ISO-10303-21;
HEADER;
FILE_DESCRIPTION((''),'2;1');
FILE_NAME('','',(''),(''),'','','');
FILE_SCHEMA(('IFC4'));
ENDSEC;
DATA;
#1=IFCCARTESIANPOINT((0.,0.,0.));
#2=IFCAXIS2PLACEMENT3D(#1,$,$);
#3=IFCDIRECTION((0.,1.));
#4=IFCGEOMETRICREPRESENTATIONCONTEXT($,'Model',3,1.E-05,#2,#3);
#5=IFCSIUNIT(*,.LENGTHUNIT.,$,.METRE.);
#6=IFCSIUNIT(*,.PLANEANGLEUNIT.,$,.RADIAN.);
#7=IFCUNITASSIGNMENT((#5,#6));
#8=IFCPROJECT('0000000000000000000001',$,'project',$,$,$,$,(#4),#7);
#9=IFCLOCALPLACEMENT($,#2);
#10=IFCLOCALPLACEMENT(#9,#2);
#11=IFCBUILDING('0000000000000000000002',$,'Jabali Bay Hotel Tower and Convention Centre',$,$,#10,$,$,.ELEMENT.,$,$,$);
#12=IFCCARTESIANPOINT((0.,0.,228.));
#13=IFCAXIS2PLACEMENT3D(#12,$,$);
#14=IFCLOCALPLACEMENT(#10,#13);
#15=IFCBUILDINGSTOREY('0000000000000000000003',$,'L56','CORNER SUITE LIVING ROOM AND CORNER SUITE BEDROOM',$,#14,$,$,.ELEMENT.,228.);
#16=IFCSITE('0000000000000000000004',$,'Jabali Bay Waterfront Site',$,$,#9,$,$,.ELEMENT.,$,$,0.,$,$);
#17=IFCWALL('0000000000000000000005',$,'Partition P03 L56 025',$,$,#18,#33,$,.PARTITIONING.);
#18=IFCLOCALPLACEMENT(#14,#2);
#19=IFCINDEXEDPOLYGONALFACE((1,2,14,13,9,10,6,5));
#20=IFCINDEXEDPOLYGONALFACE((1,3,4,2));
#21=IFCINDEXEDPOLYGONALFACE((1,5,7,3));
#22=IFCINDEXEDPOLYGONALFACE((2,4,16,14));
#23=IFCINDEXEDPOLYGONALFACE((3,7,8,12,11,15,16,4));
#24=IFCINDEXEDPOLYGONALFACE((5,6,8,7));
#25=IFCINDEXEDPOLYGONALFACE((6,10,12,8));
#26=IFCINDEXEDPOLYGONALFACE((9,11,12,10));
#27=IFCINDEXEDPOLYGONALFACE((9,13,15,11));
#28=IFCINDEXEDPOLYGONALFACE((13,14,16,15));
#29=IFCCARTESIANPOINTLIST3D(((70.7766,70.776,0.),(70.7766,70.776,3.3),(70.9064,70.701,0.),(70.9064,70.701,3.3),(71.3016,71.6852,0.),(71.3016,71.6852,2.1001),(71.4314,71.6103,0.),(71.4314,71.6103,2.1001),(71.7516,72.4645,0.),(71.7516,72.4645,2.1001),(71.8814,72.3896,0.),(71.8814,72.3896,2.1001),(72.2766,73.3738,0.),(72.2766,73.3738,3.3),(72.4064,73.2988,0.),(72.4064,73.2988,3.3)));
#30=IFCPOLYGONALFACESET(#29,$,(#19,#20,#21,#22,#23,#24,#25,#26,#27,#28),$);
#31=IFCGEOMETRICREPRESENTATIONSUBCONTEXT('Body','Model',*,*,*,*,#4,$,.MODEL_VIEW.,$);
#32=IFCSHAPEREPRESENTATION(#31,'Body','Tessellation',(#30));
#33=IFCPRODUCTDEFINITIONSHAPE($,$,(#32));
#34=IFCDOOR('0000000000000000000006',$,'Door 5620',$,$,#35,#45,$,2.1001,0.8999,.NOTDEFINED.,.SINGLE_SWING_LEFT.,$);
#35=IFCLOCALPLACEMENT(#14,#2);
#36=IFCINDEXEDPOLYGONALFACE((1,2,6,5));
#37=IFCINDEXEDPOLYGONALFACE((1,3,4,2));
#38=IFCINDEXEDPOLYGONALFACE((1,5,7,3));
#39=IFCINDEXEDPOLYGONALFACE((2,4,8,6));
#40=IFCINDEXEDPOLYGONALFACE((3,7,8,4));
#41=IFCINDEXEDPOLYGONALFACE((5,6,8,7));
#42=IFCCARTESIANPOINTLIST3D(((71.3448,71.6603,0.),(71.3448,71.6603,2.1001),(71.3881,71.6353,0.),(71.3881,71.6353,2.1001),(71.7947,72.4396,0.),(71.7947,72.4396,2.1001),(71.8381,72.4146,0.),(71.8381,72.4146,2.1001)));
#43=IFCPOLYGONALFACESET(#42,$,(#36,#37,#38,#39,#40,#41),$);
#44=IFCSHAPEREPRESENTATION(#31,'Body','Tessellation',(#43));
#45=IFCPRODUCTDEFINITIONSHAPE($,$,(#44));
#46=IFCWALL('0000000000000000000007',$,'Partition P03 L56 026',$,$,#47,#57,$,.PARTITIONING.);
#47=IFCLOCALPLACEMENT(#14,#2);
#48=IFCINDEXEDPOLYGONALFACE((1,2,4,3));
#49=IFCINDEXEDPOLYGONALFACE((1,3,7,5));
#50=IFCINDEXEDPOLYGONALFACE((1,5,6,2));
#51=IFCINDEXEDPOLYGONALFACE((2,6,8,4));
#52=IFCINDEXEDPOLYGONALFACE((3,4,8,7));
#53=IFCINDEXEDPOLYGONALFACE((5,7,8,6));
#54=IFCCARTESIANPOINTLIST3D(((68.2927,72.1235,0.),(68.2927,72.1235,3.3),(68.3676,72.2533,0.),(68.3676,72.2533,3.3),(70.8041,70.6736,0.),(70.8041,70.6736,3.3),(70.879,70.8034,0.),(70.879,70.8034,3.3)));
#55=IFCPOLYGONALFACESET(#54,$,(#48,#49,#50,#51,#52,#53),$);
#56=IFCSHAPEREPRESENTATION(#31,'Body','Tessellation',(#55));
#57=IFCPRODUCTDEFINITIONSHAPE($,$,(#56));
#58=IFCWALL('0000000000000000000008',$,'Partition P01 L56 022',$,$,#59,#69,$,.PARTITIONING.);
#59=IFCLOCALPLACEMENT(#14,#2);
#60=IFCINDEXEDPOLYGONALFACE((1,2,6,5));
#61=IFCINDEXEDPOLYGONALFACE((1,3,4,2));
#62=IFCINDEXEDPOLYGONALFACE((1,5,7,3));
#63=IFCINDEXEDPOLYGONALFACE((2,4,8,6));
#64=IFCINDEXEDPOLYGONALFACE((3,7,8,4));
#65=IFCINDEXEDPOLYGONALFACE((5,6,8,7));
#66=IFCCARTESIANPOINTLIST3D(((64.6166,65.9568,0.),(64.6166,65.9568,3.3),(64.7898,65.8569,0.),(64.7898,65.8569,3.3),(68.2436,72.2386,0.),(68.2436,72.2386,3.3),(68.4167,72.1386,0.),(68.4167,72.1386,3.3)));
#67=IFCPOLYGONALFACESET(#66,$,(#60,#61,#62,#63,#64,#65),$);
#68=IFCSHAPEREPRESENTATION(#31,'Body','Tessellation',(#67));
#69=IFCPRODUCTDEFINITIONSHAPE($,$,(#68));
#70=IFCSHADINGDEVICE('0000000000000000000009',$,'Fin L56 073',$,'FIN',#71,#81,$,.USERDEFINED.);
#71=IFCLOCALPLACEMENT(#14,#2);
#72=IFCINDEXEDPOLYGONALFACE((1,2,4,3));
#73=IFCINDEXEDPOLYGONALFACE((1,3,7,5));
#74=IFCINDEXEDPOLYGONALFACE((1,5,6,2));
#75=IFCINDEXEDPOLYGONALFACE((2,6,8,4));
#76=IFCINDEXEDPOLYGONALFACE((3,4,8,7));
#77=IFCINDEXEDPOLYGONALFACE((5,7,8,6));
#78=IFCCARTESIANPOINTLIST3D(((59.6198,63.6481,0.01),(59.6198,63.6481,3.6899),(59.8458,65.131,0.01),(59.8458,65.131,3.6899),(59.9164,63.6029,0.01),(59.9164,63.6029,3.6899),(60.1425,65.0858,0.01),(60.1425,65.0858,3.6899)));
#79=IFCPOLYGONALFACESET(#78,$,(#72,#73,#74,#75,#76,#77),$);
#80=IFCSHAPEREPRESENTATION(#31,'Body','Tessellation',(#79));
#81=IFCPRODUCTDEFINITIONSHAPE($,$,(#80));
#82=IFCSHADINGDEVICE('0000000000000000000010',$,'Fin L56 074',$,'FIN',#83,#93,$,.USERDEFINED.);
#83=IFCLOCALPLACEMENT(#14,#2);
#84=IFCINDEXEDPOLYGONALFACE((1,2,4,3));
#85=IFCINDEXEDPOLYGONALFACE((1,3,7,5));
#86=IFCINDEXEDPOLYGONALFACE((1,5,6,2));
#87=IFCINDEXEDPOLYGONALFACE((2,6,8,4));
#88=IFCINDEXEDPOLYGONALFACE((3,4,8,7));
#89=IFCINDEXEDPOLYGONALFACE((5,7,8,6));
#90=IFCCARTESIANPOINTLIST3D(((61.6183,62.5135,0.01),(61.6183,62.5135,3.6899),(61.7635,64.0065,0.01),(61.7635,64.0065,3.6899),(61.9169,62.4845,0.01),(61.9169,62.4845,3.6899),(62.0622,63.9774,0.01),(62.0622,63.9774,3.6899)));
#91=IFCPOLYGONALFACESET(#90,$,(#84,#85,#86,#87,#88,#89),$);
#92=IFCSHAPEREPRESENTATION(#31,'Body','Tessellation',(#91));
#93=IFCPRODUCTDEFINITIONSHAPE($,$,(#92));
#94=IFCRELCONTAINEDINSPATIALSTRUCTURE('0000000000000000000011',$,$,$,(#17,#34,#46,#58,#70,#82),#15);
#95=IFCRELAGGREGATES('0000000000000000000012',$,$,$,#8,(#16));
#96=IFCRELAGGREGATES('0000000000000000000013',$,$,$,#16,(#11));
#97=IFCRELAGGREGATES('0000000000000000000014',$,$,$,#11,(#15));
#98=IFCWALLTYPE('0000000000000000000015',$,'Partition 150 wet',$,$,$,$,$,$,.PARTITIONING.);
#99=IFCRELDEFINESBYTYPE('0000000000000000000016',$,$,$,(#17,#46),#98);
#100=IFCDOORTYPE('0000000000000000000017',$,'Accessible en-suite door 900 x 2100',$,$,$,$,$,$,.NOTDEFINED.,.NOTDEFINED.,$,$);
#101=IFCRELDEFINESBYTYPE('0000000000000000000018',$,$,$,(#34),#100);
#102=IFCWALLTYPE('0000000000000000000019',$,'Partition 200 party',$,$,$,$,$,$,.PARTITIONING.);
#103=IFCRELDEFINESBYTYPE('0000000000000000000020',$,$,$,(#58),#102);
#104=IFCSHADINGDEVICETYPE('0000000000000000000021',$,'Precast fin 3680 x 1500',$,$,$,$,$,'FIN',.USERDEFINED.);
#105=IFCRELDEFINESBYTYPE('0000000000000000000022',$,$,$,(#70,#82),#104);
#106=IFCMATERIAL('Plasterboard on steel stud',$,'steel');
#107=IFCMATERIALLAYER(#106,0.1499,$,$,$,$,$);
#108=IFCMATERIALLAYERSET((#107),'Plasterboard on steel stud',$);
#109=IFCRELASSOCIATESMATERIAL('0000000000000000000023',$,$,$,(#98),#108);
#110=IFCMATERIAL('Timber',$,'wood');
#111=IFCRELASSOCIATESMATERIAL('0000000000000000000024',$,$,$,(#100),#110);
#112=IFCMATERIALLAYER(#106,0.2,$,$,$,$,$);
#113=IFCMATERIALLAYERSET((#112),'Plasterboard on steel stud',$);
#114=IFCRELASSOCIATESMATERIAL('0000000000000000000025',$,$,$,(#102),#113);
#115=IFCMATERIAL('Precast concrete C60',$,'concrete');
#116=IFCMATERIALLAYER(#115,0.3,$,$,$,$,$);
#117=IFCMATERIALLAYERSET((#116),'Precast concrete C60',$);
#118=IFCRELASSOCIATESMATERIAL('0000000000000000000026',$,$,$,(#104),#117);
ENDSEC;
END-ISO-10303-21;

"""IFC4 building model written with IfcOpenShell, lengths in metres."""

from ifc_helpers import new_model, si_unit, direction, frame, frame_2d, origin, place, context, subcontext, project, spatial, rectangle, extrude, material, layer, layer_set, type_object, element, fill, save


model = new_model("IFC4")

# Units and contexts
model_context = context("Model", 3, precision=1e-05, world=origin(), true_north=direction((0.0, 1.0)))
body_context = subcontext(model_context, "Body", "Model", "MODEL_VIEW")
ifc_project = project(units=[si_unit("LENGTHUNIT", "METRE"), si_unit("PLANEANGLEUNIT", "RADIAN")], contexts=[model_context])

# Site, building, storey
site_placement = place(None, origin())
site = spatial("IfcSite", under=ifc_project, at=site_placement, Name="Jabali Bay Waterfront Site", CompositionType="ELEMENT", RefElevation=0.0)
building_placement = place(site_placement, origin())
building = spatial("IfcBuilding", under=site, at=building_placement, Name="Jabali Bay Hotel Tower and Convention Centre", CompositionType="ELEMENT")
storey_placement = place(building_placement, frame((0.0, 0.0, 228.0)))
storey = spatial("IfcBuildingStorey", under=building, at=storey_placement, Name="L56", Description="CORNER SUITE LIVING ROOM AND CORNER SUITE BEDROOM", CompositionType="ELEMENT", Elevation=228.0)

# Shared definitions
ifc_material_1 = material(Name="Timber", Category="wood")

# Shared definitions
ifc_material_2 = material(Name="Plasterboard on steel stud", Category="steel")

# Shared definitions
ifc_layer_1 = layer(ifc_material_2, 0.1499)
ifc_layer_set_1 = layer_set([ifc_layer_1], Name="Plasterboard on steel stud")
wall_type_1 = type_object("IfcWallType", Name="Partition 150 wet", PredefinedType="PARTITIONING", material=ifc_layer_set_1)

# Wall, opening, door
wall_1_placement = place(storey_placement, frame((72.3416, 73.3364, 0.0), z_axis=(0.0, 0.0, 1.0), x_axis=(-0.500025, -0.866011, 0.0)))
wall_1 = element("IfcWall", 1, at=wall_1_placement, inside=storey, type_object=wall_type_1, Name="Partition P03 L56 025", PredefinedType="PARTITIONING", context=body_context, shape_type="SweptSolid", body=[
    extrude(rectangle(XDim=2.9998, YDim=0.1499, at=frame_2d((1.5, 0.0))), origin(), (0.0, 0.0, 1.0), 3.3),
])
opening_1_placement = place(wall_1_placement, frame((1.05, 0.0, 0.0)))
opening_1 = element("IfcOpeningElement", 2, at=opening_1_placement, cuts=wall_1, PredefinedType="OPENING", context=body_context, shape_type="SweptSolid", body=[
    extrude(rectangle(XDim=0.8999, YDim=2.1001, at=frame_2d((0.45, 1.05))), frame((0.0, 0.0854, 0.0), z_axis=(0.0, -1.0, 0.0), x_axis=(1.0, 0.0, 0.0)), (0.0, 0.0, 1.0), 0.1709),
])
door_type_1 = type_object("IfcDoorType", Name="Accessible en-suite door 900 x 2100", OperationType="NOTDEFINED", PredefinedType="NOTDEFINED", material=ifc_material_1)
door_1_placement = place(opening_1_placement, origin())
door_1 = element("IfcDoor", 3, at=door_1_placement, inside=storey, type_object=door_type_1, Name="Door 5620", OperationType="SINGLE_SWING_LEFT", OverallHeight=2.1001, OverallWidth=0.8999, PredefinedType="NOTDEFINED", context=body_context, shape_type="SweptSolid", body=[
    extrude(rectangle(XDim=0.8999, YDim=2.1001, at=frame_2d((0.45, 1.05))), frame((0.0, 0.0249, 0.0), z_axis=(0.0, -1.0, 0.0), x_axis=(1.0, 0.0, 0.0)), (0.0, 0.0, 1.0), 0.05),
])
fill(opening_1, door_1)

# Walls
wall_2_placement = place(storey_placement, frame((70.8416, 70.7385, 0.0), z_axis=(0.0, 0.0, 1.0), x_axis=(-0.866033, 0.499987, 0.0)))
element("IfcWall", 4, at=wall_2_placement, inside=storey, type_object=wall_type_1, Name="Partition P03 L56 026", PredefinedType="PARTITIONING", context=body_context, shape_type="SweptSolid", body=[
    extrude(rectangle(XDim=2.8999, YDim=0.1499, at=frame_2d((1.45, 0.0))), origin(), (0.0, 0.0, 1.0), 3.3),
])
ifc_layer_2 = layer(ifc_material_2, 0.2)
ifc_layer_set_2 = layer_set([ifc_layer_2], Name="Plasterboard on steel stud")
wall_type_2 = type_object("IfcWallType", Name="Partition 200 party", PredefinedType="PARTITIONING", material=ifc_layer_set_2)
wall_3_placement = place(storey_placement, frame((64.7031, 65.9067, 0.0), z_axis=(0.0, 0.0, 1.0), x_axis=(0.50002, 0.866014, 0.0)))
element("IfcWall", 5, at=wall_3_placement, inside=storey, type_object=wall_type_2, Name="Partition P01 L56 022", PredefinedType="PARTITIONING", context=body_context, shape_type="SweptSolid", body=[
    extrude(rectangle(XDim=7.2537, YDim=0.2, at=frame_2d((3.627, 0.0))), origin(), (0.0, 0.0, 1.0), 3.3),
])

# Shading devices
ifc_material_3 = material(Name="Precast concrete C60", Category="concrete")
ifc_layer_3 = layer(ifc_material_3, 0.3)
ifc_layer_set_3 = layer_set([ifc_layer_3], Name="Precast concrete C60")
shading_device_type = type_object("IfcShadingDeviceType", Name="Precast fin 3680 x 1500", ElementType="FIN", PredefinedType="USERDEFINED", material=ifc_layer_set_3)
for number, where, z_axis, x_axis, name in (
    (6, (59.9941, 65.1084, 0.01), (0.0, 0.0, 1.0), (-0.150712, -0.988578, 0.0), "Fin L56 073"),
    (7, (61.9128, 63.9919, 0.01), (0.0, 0.0, 1.0), (-0.096844, -0.9953, 0.0), "Fin L56 074"),
):
    element("IfcShadingDevice", number, at=place(storey_placement, frame(where, z_axis=z_axis, x_axis=x_axis)), inside=storey, type_object=shading_device_type, Name=name, ObjectType="FIN", PredefinedType="USERDEFINED", context=body_context, shape_type="SweptSolid", body=[
        extrude(rectangle(XDim=1.5, YDim=0.3, at=frame_2d((0.75, 0.0))), origin(), (0.0, 0.0, 1.0), 3.6799),
    ])

save(model, "model.ifc")
